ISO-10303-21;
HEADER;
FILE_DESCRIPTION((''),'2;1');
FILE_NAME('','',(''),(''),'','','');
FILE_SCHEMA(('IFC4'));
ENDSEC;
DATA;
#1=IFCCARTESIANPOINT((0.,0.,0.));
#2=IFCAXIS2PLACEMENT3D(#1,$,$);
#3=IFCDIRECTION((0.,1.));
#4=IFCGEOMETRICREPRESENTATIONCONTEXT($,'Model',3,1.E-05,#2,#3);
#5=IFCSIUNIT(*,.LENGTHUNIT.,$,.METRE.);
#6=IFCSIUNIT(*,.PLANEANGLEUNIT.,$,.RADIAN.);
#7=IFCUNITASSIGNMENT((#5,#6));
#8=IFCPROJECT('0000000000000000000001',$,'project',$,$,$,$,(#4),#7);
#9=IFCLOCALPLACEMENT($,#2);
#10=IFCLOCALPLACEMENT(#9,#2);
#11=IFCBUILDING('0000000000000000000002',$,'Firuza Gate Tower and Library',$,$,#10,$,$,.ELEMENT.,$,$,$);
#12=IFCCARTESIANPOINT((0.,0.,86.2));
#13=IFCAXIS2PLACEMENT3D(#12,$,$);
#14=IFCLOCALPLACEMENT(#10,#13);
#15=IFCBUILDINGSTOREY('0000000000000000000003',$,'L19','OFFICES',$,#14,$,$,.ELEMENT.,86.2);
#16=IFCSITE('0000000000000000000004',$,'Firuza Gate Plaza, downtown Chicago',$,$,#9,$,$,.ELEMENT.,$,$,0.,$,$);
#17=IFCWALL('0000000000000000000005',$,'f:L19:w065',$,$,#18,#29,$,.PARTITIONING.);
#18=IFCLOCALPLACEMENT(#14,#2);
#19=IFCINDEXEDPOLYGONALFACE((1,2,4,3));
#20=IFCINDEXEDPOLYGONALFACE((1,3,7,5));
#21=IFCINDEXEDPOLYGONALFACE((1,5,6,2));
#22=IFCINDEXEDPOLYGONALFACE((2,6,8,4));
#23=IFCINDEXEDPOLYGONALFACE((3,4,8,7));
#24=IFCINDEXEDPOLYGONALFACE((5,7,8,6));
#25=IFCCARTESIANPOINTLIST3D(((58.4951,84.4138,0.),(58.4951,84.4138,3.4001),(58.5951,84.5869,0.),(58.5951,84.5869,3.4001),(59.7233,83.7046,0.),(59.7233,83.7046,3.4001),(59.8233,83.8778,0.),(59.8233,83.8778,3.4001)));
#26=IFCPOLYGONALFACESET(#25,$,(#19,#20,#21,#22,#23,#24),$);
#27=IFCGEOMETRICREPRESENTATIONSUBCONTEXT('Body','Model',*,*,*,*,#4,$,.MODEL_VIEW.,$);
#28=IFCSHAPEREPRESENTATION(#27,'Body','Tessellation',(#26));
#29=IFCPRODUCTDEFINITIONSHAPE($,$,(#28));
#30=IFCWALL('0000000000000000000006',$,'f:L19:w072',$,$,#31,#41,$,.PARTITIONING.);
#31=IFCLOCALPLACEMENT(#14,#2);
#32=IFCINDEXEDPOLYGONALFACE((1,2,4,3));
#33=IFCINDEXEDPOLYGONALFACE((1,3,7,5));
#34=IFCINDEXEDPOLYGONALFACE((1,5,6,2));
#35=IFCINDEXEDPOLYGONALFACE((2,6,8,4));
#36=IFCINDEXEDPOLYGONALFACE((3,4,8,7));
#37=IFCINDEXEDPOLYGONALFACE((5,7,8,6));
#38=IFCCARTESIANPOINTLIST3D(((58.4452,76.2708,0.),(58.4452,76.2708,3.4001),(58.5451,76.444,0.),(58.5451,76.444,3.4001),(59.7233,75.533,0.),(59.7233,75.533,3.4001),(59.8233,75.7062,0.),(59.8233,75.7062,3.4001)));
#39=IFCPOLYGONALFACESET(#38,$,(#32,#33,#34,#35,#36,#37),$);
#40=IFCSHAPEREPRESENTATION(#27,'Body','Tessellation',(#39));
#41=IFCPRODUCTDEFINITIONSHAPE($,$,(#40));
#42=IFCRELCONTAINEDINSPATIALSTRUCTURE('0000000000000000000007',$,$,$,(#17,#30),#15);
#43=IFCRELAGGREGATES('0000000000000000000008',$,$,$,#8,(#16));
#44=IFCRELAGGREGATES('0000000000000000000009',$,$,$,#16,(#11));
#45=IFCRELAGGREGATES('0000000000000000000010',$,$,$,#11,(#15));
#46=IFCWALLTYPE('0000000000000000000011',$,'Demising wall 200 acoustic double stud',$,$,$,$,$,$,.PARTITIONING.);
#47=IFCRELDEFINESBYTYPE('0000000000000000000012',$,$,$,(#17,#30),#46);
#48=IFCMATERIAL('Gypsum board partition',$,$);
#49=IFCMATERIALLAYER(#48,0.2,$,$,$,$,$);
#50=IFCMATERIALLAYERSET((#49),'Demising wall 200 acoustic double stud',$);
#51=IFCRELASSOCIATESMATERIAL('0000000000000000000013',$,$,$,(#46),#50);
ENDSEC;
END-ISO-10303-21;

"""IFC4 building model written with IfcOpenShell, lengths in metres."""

from ifc_helpers import new_model, si_unit, direction, frame, frame_2d, origin, place, context, subcontext, project, spatial, rectangle, extrude, material, layer, layer_set, type_object, element, save


model = new_model("IFC4")

# Units and contexts
model_context = context("Model", 3, precision=1e-05, world=origin(), true_north=direction((0.0, 1.0)))
body_context = subcontext(model_context, "Body", "Model", "MODEL_VIEW")
ifc_project = project(units=[si_unit("LENGTHUNIT", "METRE"), si_unit("PLANEANGLEUNIT", "RADIAN")], contexts=[model_context])

# Site, building, storey
site_placement = place(None, origin())
site = spatial("IfcSite", under=ifc_project, at=site_placement, Name="Firuza Gate Plaza, downtown Chicago", CompositionType="ELEMENT", RefElevation=0.0)
building_placement = place(site_placement, origin())
building = spatial("IfcBuilding", under=site, at=building_placement, Name="Firuza Gate Tower and Library", CompositionType="ELEMENT")
storey_placement = place(building_placement, frame((0.0, 0.0, 86.2)))
storey = spatial("IfcBuildingStorey", under=building, at=storey_placement, Name="L19", Description="OFFICES", CompositionType="ELEMENT", Elevation=86.2)

# Walls
ifc_material_1 = material(Name="Gypsum board partition")
ifc_layer_1 = layer(ifc_material_1, 0.2)
ifc_layer_set_1 = layer_set([ifc_layer_1], Name="Demising wall 200 acoustic double stud")
wall_type_1 = type_object("IfcWallType", Name="Demising wall 200 acoustic double stud", PredefinedType="PARTITIONING", material=ifc_layer_set_1)
wall_1_placement = place(storey_placement, frame((59.7732, 83.7913, 0.0), z_axis=(0.0, 0.0, 1.0), x_axis=(-0.865999, 0.500045, 0.0)))
element("IfcWall", 1, at=wall_1_placement, inside=storey, type_object=wall_type_1, Name="f:L19:w065", PredefinedType="PARTITIONING", context=body_context, shape_type="SweptSolid", body=[
    extrude(rectangle(XDim=1.4182, YDim=0.2, at=frame_2d((0.709, 0.0))), origin(), (0.0, 0.0, 1.0), 3.4001),
])
wall_2_placement = place(storey_placement, frame((59.7732, 75.6196, 0.0), z_axis=(0.0, 0.0, 1.0), x_axis=(-0.866056, 0.499947, 0.0)))
element("IfcWall", 2, at=wall_2_placement, inside=storey, type_object=wall_type_1, Name="f:L19:w072", PredefinedType="PARTITIONING", context=body_context, shape_type="SweptSolid", body=[
    extrude(rectangle(XDim=1.4758, YDim=0.2, at=frame_2d((0.7378, 0.0))), origin(), (0.0, 0.0, 1.0), 3.4001),
])

save(model, "model.ifc")
